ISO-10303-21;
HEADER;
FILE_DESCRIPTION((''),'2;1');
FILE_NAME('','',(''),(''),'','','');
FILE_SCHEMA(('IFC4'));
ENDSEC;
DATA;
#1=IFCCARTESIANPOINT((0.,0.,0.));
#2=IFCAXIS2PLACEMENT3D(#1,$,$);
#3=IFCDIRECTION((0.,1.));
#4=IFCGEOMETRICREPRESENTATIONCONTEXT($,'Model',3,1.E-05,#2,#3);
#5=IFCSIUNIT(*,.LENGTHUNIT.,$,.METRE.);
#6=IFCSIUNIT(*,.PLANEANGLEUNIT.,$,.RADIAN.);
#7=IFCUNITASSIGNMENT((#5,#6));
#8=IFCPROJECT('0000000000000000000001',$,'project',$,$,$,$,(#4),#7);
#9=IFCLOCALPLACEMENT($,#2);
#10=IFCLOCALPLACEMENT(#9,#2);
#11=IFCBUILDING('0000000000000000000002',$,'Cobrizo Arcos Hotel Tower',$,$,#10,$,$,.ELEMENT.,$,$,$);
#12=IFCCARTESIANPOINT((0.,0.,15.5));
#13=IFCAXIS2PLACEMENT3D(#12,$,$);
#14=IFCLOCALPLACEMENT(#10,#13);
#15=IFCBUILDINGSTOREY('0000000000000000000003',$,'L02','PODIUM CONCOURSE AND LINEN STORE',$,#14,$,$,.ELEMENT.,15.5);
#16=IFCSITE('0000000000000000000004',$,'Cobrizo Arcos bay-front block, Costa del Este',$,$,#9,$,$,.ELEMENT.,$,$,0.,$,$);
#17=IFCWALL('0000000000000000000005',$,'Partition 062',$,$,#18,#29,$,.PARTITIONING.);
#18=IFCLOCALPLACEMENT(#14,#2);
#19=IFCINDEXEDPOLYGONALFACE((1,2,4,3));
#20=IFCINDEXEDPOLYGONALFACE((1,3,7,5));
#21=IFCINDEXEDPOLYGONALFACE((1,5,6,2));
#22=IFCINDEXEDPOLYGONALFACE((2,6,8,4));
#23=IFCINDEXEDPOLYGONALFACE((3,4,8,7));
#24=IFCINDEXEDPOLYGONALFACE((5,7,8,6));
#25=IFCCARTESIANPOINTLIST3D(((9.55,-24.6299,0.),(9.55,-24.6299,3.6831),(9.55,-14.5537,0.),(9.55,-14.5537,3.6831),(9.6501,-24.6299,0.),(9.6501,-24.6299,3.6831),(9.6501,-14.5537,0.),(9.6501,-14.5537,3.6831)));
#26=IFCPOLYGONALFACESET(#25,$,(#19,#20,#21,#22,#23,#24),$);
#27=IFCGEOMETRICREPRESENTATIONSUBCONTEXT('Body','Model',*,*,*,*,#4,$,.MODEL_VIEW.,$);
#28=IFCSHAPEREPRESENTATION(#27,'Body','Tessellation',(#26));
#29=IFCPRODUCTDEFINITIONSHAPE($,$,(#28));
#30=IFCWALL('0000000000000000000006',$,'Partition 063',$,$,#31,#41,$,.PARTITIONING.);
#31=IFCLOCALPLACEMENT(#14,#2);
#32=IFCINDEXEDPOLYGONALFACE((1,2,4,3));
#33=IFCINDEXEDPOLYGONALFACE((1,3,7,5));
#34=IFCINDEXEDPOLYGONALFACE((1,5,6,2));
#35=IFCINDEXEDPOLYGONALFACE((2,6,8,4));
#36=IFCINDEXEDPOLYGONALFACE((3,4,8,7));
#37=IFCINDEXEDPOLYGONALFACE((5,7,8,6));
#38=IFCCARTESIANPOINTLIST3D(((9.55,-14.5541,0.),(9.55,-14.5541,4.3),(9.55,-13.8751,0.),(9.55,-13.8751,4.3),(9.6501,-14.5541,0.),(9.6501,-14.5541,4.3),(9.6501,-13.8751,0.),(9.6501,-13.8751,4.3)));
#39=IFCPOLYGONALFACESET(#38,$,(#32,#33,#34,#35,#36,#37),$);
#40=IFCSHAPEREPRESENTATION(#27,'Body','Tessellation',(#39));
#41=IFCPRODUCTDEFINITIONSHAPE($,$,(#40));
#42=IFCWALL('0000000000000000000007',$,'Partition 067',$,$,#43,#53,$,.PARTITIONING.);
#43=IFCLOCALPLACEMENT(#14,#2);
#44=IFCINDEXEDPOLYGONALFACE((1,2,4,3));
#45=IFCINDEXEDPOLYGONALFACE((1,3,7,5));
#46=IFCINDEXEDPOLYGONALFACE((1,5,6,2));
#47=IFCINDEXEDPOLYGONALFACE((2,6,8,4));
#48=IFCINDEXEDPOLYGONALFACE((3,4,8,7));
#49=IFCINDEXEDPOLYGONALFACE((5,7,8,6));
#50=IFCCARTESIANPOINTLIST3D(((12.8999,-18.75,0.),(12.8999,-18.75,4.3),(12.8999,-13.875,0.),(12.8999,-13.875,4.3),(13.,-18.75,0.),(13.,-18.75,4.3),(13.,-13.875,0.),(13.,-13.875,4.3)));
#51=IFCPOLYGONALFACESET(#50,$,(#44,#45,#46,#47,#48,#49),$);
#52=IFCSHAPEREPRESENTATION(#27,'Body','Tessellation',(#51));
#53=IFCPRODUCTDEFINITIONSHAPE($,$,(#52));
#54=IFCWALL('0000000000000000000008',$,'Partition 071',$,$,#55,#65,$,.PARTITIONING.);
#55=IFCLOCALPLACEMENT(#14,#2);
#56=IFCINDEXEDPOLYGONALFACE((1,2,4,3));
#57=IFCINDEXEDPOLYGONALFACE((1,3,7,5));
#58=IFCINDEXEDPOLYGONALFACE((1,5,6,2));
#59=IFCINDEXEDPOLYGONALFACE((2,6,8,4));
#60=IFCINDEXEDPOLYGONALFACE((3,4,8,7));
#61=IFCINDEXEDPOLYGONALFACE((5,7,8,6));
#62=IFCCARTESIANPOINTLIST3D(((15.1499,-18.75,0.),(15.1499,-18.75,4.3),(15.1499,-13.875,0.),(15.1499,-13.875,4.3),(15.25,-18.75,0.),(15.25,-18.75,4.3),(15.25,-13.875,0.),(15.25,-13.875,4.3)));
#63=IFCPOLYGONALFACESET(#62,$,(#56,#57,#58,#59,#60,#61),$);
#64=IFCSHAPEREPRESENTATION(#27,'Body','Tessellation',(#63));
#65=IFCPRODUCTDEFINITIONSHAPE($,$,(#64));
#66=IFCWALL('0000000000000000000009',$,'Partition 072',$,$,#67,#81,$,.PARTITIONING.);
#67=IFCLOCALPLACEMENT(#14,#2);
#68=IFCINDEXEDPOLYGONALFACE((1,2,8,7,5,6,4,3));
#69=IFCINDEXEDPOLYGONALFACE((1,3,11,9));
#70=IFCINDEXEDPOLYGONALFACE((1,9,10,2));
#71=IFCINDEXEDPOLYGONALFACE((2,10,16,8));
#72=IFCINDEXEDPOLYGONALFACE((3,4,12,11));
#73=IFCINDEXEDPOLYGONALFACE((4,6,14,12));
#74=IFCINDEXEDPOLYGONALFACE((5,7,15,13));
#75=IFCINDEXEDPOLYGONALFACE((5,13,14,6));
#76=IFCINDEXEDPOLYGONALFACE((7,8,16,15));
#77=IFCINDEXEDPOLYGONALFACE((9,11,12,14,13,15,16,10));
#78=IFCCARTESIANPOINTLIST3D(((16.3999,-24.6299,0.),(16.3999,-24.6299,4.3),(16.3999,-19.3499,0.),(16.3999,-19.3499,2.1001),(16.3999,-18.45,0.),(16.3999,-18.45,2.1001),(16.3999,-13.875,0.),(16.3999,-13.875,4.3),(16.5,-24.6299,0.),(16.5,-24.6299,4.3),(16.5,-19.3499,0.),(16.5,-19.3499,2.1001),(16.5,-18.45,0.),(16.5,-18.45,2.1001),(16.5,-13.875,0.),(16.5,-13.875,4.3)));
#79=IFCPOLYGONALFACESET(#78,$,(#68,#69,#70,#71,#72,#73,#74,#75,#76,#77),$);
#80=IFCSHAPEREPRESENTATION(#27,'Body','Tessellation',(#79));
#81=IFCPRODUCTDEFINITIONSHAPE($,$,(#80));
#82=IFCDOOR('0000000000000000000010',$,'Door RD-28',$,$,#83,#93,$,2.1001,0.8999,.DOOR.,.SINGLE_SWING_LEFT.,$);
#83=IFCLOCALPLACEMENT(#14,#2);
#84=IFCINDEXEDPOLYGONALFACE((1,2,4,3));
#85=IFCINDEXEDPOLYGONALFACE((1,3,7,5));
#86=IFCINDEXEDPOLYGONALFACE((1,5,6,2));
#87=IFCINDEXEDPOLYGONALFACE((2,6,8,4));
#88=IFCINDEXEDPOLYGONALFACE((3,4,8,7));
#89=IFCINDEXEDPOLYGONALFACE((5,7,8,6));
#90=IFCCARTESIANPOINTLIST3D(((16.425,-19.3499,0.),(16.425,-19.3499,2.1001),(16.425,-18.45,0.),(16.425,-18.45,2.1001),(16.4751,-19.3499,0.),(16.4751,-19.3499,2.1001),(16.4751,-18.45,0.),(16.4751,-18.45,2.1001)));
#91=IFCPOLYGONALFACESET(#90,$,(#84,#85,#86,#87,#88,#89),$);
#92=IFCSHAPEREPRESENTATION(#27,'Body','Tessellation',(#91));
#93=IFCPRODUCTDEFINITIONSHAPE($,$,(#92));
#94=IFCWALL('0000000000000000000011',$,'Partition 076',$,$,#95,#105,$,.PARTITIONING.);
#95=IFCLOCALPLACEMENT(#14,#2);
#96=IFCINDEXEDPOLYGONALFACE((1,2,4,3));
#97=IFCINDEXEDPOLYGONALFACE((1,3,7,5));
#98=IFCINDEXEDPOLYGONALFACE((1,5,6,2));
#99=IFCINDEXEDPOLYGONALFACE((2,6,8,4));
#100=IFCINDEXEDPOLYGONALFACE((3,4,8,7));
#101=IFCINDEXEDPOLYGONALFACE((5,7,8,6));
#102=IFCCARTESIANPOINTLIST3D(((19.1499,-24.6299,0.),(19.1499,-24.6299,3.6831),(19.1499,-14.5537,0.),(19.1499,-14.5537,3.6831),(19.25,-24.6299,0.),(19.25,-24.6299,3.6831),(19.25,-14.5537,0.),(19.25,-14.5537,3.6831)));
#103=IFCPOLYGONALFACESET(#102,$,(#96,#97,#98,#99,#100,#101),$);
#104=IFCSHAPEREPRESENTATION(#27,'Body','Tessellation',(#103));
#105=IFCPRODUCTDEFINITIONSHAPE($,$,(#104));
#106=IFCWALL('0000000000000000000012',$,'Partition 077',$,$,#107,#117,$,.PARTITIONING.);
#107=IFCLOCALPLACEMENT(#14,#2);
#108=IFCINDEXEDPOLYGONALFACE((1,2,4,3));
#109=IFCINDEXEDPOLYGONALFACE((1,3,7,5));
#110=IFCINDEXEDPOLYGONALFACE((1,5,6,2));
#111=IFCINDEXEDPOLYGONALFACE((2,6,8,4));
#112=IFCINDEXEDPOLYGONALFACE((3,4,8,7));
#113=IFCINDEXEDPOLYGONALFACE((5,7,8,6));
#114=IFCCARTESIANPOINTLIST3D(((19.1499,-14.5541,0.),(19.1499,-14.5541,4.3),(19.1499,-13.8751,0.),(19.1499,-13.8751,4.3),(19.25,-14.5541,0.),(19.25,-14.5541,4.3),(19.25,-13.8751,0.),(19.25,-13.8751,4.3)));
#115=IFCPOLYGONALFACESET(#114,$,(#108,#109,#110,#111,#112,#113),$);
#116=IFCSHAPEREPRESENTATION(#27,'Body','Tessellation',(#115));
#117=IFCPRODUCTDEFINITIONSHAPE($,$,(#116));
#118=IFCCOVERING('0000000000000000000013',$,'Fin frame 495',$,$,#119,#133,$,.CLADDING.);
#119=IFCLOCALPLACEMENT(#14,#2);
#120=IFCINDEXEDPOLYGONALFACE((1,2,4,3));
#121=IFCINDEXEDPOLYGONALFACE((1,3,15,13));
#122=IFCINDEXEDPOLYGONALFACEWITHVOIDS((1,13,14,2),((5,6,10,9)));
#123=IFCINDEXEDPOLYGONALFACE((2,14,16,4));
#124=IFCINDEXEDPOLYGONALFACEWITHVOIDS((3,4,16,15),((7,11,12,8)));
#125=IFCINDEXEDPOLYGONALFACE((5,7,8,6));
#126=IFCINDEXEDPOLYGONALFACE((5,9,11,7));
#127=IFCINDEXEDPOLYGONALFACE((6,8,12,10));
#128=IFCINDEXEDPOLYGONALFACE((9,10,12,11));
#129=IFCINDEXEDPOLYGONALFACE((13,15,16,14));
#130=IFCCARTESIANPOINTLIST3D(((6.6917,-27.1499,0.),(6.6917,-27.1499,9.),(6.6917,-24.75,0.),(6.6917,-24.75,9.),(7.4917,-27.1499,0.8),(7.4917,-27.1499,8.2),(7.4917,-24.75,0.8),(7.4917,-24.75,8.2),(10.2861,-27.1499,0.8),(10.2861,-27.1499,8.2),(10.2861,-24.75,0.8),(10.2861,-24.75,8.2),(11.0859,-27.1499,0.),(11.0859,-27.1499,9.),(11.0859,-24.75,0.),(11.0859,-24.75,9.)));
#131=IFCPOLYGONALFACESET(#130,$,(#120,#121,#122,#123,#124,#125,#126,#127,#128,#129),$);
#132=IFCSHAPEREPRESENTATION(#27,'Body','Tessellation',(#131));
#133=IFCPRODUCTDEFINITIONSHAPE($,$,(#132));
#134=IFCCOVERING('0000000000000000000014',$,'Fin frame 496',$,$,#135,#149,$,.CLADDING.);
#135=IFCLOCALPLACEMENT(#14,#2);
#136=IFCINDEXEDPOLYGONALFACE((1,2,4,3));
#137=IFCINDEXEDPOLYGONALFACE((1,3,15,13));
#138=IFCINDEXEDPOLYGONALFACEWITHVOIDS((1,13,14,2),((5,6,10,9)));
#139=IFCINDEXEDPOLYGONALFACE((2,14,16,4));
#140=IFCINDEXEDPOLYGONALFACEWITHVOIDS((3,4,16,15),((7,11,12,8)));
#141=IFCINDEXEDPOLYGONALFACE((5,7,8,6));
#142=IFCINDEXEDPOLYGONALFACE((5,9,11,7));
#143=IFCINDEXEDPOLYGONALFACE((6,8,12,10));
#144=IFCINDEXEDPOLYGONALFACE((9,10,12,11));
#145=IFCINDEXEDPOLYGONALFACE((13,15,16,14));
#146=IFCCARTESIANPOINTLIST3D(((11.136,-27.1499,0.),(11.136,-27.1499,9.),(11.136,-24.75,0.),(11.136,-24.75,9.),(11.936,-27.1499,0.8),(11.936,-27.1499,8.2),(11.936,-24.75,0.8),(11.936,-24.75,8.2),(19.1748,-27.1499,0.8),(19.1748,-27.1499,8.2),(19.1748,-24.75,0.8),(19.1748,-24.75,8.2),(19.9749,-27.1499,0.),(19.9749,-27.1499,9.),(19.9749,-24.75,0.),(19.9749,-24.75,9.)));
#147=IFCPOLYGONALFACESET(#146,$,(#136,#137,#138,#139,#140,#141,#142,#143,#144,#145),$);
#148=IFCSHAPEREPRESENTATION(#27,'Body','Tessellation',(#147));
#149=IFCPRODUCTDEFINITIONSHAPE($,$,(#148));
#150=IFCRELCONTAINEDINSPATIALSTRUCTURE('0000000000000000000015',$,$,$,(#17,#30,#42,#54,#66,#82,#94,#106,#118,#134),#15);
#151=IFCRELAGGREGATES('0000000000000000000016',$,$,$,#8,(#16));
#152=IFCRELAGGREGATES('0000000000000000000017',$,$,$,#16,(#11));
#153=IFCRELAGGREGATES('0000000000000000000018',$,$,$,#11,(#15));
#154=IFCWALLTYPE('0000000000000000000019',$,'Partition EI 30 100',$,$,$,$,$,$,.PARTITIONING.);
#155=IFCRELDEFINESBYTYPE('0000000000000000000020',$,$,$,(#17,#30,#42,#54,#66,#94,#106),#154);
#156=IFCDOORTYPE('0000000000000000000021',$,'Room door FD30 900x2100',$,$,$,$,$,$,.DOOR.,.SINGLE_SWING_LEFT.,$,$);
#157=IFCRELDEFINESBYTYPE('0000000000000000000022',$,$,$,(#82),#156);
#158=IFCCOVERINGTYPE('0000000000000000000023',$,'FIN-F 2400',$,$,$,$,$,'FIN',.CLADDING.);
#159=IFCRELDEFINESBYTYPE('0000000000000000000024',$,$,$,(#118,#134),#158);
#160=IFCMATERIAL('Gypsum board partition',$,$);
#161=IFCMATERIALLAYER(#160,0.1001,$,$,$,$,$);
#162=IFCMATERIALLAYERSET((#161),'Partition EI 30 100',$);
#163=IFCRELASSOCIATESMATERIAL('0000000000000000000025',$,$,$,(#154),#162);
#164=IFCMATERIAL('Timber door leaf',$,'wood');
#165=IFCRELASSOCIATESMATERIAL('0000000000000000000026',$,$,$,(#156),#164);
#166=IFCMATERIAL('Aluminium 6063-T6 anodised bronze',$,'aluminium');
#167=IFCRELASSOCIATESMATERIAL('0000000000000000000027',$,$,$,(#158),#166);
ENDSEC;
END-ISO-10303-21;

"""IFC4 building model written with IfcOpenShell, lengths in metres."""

from ifc_helpers import new_model, si_unit, direction, frame, frame_2d, origin, place, context, subcontext, project, spatial, polyline, rectangle, outline, extrude, material, layer, layer_set, type_object, element, fill, save


model = new_model("IFC4")

# Units and contexts
model_context = context("Model", 3, precision=1e-05, world=origin(), true_north=direction((0.0, 1.0)))
body_context = subcontext(model_context, "Body", "Model", "MODEL_VIEW")
ifc_project = project(units=[si_unit("LENGTHUNIT", "METRE"), si_unit("PLANEANGLEUNIT", "RADIAN")], contexts=[model_context])

# Site, building, storey
site_placement = place(None, origin())
site = spatial("IfcSite", under=ifc_project, at=site_placement, Name="Cobrizo Arcos bay-front block, Costa del Este", CompositionType="ELEMENT", RefElevation=0.0)
building_placement = place(site_placement, origin())
building = spatial("IfcBuilding", under=site, at=building_placement, Name="Cobrizo Arcos Hotel Tower", CompositionType="ELEMENT")
storey_placement = place(building_placement, frame((0.0, 0.0, 15.5)))
storey = spatial("IfcBuildingStorey", under=building, at=storey_placement, Name="L02", Description="PODIUM CONCOURSE AND LINEN STORE", CompositionType="ELEMENT", Elevation=15.5)

# Shared definitions
ifc_material_1 = material(Name="Aluminium 6063-T6 anodised bronze", Category="aluminium")

# Walls
ifc_material_2 = material(Name="Gypsum board partition")
ifc_layer_1 = layer(ifc_material_2, 0.1001)
ifc_layer_set_1 = layer_set([ifc_layer_1], Name="Partition EI 30 100")
wall_type = type_object("IfcWallType", Name="Partition EI 30 100", PredefinedType="PARTITIONING", material=ifc_layer_set_1)
wall_1_placement = place(storey_placement, frame((9.6001, -24.6299, 0.0), z_axis=(0.0, 0.0, 1.0), x_axis=(0.0, 1.0, 0.0)))
element("IfcWall", 1, at=wall_1_placement, inside=storey, type_object=wall_type, Name="Partition 062", PredefinedType="PARTITIONING", context=body_context, shape_type="SweptSolid", body=[
    extrude(rectangle(XDim=10.0762, YDim=0.1001, at=frame_2d((5.0381, 0.0))), origin(), (0.0, 0.0, 1.0), 3.6831),
])
wall_2_placement = place(storey_placement, frame((9.6001, -14.554, 0.0), z_axis=(0.0, 0.0, 1.0), x_axis=(0.0, 1.0, 0.0)))
element("IfcWall", 2, at=wall_2_placement, inside=storey, type_object=wall_type, Name="Partition 063", PredefinedType="PARTITIONING", context=body_context, shape_type="SweptSolid", body=[
    extrude(rectangle(XDim=0.679, YDim=0.1001, at=frame_2d((0.3394, 0.0))), origin(), (0.0, 0.0, 1.0), 4.3),
])
for number, where, z_axis, x_axis, name in (
    (3, (12.95, -18.75, 0.0), (0.0, 0.0, 1.0), (0.0, 1.0, 0.0), "Partition 067"),
    (4, (15.2, -18.75, 0.0), (0.0, 0.0, 1.0), (0.0, 1.0, 0.0), "Partition 071"),
):
    element("IfcWall", number, at=place(storey_placement, frame(where, z_axis=z_axis, x_axis=x_axis)), inside=storey, type_object=wall_type, Name=name, PredefinedType="PARTITIONING", context=body_context, shape_type="SweptSolid", body=[
        extrude(rectangle(XDim=4.875, YDim=0.1001, at=frame_2d((2.4375, 0.0))), origin(), (0.0, 0.0, 1.0), 4.3),
    ])

# Wall, opening, door
wall_3_placement = place(storey_placement, frame((16.45, -24.6299, 0.0), z_axis=(0.0, 0.0, 1.0), x_axis=(0.0, 1.0, 0.0)))
wall_3 = element("IfcWall", 5, at=wall_3_placement, inside=storey, type_object=wall_type, Name="Partition 072", PredefinedType="PARTITIONING", context=body_context, shape_type="SweptSolid", body=[
    extrude(rectangle(XDim=10.7549, YDim=0.1001, at=frame_2d((5.3774, 0.0))), origin(), (0.0, 0.0, 1.0), 4.3),
])
opening_placement = place(wall_3_placement, frame((5.28, 0.0, 0.0)))
opening = element("IfcOpeningElement", 6, at=opening_placement, cuts=wall_3, PredefinedType="OPENING", context=body_context, shape_type="SweptSolid", body=[
    extrude(rectangle(XDim=0.8999, YDim=2.1001, at=frame_2d((0.45, 1.05))), frame((0.0, 0.062, 0.0), z_axis=(0.0, -1.0, 0.0), x_axis=(1.0, 0.0, 0.0)), (0.0, 0.0, 1.0), 0.124),
])
ifc_material_3 = material(Name="Timber door leaf", Category="wood")
door_type = type_object("IfcDoorType", Name="Room door FD30 900x2100", OperationType="SINGLE_SWING_LEFT", PredefinedType="DOOR", material=ifc_material_3)
door_placement = place(opening_placement, origin())
door = element("IfcDoor", 7, at=door_placement, inside=storey, type_object=door_type, Name="Door RD-28", OperationType="SINGLE_SWING_LEFT", OverallHeight=2.1001, OverallWidth=0.8999, PredefinedType="DOOR", context=body_context, shape_type="SweptSolid", body=[
    extrude(rectangle(XDim=0.8999, YDim=2.1001, at=frame_2d((0.45, 1.05))), frame((0.0, 0.0249, 0.0), z_axis=(0.0, -1.0, 0.0), x_axis=(1.0, 0.0, 0.0)), (0.0, 0.0, 1.0), 0.05),
])
fill(opening, door)

# Walls
wall_4_placement = place(storey_placement, frame((19.2, -24.6299, 0.0), z_axis=(0.0, 0.0, 1.0), x_axis=(0.0, 1.0, 0.0)))
element("IfcWall", 8, at=wall_4_placement, inside=storey, type_object=wall_type, Name="Partition 076", PredefinedType="PARTITIONING", context=body_context, shape_type="SweptSolid", body=[
    extrude(rectangle(XDim=10.0762, YDim=0.1001, at=frame_2d((5.0381, 0.0))), origin(), (0.0, 0.0, 1.0), 3.6831),
])
wall_5_placement = place(storey_placement, frame((19.2, -14.554, 0.0), z_axis=(0.0, 0.0, 1.0), x_axis=(0.0, 1.0, 0.0)))
element("IfcWall", 9, at=wall_5_placement, inside=storey, type_object=wall_type, Name="Partition 077", PredefinedType="PARTITIONING", context=body_context, shape_type="SweptSolid", body=[
    extrude(rectangle(XDim=0.679, YDim=0.1001, at=frame_2d((0.3394, 0.0))), origin(), (0.0, 0.0, 1.0), 4.3),
])

# Coverings
covering_type = type_object("IfcCoveringType", Name="FIN-F 2400", ElementType="FIN", PredefinedType="CLADDING", material=ifc_material_1)
covering_1_placement = place(storey_placement, frame((6.6917, -24.75, 0.0), z_axis=(0.0, -1.0, 0.0), x_axis=(1.0, 0.0, 0.0)))
element("IfcCovering", 10, at=covering_1_placement, inside=storey, type_object=covering_type, Name="Fin frame 495", PredefinedType="CLADDING", context=body_context, shape_type="SweptSolid", body=[
    extrude(outline(polyline([(0.0, 9.0), (0.0, 0.0), (4.3943, 0.0), (4.3943, 9.0), (0.0, 9.0)]), holes=[polyline([(3.5945, 0.8), (0.8, 0.8), (0.8, 8.2), (3.5945, 8.2), (3.5945, 0.8)])]), origin(), (0.0, 0.0, 1.0), 2.3999),
])
covering_2_placement = place(storey_placement, frame((11.136, -24.75, 0.0), z_axis=(0.0, -1.0, 0.0), x_axis=(1.0, 0.0, 0.0)))
element("IfcCovering", 11, at=covering_2_placement, inside=storey, type_object=covering_type, Name="Fin frame 496", PredefinedType="CLADDING", context=body_context, shape_type="SweptSolid", body=[
    extrude(outline(polyline([(0.0, 9.0), (0.0, 0.0), (8.8389, 0.0), (8.8389, 9.0), (0.0, 9.0)]), holes=[polyline([(8.0388, 0.8), (0.8, 0.8), (0.8, 8.2), (8.0388, 8.2), (8.0388, 0.8)])]), origin(), (0.0, 0.0, 1.0), 2.3999),
])

save(model, "model.ifc")
